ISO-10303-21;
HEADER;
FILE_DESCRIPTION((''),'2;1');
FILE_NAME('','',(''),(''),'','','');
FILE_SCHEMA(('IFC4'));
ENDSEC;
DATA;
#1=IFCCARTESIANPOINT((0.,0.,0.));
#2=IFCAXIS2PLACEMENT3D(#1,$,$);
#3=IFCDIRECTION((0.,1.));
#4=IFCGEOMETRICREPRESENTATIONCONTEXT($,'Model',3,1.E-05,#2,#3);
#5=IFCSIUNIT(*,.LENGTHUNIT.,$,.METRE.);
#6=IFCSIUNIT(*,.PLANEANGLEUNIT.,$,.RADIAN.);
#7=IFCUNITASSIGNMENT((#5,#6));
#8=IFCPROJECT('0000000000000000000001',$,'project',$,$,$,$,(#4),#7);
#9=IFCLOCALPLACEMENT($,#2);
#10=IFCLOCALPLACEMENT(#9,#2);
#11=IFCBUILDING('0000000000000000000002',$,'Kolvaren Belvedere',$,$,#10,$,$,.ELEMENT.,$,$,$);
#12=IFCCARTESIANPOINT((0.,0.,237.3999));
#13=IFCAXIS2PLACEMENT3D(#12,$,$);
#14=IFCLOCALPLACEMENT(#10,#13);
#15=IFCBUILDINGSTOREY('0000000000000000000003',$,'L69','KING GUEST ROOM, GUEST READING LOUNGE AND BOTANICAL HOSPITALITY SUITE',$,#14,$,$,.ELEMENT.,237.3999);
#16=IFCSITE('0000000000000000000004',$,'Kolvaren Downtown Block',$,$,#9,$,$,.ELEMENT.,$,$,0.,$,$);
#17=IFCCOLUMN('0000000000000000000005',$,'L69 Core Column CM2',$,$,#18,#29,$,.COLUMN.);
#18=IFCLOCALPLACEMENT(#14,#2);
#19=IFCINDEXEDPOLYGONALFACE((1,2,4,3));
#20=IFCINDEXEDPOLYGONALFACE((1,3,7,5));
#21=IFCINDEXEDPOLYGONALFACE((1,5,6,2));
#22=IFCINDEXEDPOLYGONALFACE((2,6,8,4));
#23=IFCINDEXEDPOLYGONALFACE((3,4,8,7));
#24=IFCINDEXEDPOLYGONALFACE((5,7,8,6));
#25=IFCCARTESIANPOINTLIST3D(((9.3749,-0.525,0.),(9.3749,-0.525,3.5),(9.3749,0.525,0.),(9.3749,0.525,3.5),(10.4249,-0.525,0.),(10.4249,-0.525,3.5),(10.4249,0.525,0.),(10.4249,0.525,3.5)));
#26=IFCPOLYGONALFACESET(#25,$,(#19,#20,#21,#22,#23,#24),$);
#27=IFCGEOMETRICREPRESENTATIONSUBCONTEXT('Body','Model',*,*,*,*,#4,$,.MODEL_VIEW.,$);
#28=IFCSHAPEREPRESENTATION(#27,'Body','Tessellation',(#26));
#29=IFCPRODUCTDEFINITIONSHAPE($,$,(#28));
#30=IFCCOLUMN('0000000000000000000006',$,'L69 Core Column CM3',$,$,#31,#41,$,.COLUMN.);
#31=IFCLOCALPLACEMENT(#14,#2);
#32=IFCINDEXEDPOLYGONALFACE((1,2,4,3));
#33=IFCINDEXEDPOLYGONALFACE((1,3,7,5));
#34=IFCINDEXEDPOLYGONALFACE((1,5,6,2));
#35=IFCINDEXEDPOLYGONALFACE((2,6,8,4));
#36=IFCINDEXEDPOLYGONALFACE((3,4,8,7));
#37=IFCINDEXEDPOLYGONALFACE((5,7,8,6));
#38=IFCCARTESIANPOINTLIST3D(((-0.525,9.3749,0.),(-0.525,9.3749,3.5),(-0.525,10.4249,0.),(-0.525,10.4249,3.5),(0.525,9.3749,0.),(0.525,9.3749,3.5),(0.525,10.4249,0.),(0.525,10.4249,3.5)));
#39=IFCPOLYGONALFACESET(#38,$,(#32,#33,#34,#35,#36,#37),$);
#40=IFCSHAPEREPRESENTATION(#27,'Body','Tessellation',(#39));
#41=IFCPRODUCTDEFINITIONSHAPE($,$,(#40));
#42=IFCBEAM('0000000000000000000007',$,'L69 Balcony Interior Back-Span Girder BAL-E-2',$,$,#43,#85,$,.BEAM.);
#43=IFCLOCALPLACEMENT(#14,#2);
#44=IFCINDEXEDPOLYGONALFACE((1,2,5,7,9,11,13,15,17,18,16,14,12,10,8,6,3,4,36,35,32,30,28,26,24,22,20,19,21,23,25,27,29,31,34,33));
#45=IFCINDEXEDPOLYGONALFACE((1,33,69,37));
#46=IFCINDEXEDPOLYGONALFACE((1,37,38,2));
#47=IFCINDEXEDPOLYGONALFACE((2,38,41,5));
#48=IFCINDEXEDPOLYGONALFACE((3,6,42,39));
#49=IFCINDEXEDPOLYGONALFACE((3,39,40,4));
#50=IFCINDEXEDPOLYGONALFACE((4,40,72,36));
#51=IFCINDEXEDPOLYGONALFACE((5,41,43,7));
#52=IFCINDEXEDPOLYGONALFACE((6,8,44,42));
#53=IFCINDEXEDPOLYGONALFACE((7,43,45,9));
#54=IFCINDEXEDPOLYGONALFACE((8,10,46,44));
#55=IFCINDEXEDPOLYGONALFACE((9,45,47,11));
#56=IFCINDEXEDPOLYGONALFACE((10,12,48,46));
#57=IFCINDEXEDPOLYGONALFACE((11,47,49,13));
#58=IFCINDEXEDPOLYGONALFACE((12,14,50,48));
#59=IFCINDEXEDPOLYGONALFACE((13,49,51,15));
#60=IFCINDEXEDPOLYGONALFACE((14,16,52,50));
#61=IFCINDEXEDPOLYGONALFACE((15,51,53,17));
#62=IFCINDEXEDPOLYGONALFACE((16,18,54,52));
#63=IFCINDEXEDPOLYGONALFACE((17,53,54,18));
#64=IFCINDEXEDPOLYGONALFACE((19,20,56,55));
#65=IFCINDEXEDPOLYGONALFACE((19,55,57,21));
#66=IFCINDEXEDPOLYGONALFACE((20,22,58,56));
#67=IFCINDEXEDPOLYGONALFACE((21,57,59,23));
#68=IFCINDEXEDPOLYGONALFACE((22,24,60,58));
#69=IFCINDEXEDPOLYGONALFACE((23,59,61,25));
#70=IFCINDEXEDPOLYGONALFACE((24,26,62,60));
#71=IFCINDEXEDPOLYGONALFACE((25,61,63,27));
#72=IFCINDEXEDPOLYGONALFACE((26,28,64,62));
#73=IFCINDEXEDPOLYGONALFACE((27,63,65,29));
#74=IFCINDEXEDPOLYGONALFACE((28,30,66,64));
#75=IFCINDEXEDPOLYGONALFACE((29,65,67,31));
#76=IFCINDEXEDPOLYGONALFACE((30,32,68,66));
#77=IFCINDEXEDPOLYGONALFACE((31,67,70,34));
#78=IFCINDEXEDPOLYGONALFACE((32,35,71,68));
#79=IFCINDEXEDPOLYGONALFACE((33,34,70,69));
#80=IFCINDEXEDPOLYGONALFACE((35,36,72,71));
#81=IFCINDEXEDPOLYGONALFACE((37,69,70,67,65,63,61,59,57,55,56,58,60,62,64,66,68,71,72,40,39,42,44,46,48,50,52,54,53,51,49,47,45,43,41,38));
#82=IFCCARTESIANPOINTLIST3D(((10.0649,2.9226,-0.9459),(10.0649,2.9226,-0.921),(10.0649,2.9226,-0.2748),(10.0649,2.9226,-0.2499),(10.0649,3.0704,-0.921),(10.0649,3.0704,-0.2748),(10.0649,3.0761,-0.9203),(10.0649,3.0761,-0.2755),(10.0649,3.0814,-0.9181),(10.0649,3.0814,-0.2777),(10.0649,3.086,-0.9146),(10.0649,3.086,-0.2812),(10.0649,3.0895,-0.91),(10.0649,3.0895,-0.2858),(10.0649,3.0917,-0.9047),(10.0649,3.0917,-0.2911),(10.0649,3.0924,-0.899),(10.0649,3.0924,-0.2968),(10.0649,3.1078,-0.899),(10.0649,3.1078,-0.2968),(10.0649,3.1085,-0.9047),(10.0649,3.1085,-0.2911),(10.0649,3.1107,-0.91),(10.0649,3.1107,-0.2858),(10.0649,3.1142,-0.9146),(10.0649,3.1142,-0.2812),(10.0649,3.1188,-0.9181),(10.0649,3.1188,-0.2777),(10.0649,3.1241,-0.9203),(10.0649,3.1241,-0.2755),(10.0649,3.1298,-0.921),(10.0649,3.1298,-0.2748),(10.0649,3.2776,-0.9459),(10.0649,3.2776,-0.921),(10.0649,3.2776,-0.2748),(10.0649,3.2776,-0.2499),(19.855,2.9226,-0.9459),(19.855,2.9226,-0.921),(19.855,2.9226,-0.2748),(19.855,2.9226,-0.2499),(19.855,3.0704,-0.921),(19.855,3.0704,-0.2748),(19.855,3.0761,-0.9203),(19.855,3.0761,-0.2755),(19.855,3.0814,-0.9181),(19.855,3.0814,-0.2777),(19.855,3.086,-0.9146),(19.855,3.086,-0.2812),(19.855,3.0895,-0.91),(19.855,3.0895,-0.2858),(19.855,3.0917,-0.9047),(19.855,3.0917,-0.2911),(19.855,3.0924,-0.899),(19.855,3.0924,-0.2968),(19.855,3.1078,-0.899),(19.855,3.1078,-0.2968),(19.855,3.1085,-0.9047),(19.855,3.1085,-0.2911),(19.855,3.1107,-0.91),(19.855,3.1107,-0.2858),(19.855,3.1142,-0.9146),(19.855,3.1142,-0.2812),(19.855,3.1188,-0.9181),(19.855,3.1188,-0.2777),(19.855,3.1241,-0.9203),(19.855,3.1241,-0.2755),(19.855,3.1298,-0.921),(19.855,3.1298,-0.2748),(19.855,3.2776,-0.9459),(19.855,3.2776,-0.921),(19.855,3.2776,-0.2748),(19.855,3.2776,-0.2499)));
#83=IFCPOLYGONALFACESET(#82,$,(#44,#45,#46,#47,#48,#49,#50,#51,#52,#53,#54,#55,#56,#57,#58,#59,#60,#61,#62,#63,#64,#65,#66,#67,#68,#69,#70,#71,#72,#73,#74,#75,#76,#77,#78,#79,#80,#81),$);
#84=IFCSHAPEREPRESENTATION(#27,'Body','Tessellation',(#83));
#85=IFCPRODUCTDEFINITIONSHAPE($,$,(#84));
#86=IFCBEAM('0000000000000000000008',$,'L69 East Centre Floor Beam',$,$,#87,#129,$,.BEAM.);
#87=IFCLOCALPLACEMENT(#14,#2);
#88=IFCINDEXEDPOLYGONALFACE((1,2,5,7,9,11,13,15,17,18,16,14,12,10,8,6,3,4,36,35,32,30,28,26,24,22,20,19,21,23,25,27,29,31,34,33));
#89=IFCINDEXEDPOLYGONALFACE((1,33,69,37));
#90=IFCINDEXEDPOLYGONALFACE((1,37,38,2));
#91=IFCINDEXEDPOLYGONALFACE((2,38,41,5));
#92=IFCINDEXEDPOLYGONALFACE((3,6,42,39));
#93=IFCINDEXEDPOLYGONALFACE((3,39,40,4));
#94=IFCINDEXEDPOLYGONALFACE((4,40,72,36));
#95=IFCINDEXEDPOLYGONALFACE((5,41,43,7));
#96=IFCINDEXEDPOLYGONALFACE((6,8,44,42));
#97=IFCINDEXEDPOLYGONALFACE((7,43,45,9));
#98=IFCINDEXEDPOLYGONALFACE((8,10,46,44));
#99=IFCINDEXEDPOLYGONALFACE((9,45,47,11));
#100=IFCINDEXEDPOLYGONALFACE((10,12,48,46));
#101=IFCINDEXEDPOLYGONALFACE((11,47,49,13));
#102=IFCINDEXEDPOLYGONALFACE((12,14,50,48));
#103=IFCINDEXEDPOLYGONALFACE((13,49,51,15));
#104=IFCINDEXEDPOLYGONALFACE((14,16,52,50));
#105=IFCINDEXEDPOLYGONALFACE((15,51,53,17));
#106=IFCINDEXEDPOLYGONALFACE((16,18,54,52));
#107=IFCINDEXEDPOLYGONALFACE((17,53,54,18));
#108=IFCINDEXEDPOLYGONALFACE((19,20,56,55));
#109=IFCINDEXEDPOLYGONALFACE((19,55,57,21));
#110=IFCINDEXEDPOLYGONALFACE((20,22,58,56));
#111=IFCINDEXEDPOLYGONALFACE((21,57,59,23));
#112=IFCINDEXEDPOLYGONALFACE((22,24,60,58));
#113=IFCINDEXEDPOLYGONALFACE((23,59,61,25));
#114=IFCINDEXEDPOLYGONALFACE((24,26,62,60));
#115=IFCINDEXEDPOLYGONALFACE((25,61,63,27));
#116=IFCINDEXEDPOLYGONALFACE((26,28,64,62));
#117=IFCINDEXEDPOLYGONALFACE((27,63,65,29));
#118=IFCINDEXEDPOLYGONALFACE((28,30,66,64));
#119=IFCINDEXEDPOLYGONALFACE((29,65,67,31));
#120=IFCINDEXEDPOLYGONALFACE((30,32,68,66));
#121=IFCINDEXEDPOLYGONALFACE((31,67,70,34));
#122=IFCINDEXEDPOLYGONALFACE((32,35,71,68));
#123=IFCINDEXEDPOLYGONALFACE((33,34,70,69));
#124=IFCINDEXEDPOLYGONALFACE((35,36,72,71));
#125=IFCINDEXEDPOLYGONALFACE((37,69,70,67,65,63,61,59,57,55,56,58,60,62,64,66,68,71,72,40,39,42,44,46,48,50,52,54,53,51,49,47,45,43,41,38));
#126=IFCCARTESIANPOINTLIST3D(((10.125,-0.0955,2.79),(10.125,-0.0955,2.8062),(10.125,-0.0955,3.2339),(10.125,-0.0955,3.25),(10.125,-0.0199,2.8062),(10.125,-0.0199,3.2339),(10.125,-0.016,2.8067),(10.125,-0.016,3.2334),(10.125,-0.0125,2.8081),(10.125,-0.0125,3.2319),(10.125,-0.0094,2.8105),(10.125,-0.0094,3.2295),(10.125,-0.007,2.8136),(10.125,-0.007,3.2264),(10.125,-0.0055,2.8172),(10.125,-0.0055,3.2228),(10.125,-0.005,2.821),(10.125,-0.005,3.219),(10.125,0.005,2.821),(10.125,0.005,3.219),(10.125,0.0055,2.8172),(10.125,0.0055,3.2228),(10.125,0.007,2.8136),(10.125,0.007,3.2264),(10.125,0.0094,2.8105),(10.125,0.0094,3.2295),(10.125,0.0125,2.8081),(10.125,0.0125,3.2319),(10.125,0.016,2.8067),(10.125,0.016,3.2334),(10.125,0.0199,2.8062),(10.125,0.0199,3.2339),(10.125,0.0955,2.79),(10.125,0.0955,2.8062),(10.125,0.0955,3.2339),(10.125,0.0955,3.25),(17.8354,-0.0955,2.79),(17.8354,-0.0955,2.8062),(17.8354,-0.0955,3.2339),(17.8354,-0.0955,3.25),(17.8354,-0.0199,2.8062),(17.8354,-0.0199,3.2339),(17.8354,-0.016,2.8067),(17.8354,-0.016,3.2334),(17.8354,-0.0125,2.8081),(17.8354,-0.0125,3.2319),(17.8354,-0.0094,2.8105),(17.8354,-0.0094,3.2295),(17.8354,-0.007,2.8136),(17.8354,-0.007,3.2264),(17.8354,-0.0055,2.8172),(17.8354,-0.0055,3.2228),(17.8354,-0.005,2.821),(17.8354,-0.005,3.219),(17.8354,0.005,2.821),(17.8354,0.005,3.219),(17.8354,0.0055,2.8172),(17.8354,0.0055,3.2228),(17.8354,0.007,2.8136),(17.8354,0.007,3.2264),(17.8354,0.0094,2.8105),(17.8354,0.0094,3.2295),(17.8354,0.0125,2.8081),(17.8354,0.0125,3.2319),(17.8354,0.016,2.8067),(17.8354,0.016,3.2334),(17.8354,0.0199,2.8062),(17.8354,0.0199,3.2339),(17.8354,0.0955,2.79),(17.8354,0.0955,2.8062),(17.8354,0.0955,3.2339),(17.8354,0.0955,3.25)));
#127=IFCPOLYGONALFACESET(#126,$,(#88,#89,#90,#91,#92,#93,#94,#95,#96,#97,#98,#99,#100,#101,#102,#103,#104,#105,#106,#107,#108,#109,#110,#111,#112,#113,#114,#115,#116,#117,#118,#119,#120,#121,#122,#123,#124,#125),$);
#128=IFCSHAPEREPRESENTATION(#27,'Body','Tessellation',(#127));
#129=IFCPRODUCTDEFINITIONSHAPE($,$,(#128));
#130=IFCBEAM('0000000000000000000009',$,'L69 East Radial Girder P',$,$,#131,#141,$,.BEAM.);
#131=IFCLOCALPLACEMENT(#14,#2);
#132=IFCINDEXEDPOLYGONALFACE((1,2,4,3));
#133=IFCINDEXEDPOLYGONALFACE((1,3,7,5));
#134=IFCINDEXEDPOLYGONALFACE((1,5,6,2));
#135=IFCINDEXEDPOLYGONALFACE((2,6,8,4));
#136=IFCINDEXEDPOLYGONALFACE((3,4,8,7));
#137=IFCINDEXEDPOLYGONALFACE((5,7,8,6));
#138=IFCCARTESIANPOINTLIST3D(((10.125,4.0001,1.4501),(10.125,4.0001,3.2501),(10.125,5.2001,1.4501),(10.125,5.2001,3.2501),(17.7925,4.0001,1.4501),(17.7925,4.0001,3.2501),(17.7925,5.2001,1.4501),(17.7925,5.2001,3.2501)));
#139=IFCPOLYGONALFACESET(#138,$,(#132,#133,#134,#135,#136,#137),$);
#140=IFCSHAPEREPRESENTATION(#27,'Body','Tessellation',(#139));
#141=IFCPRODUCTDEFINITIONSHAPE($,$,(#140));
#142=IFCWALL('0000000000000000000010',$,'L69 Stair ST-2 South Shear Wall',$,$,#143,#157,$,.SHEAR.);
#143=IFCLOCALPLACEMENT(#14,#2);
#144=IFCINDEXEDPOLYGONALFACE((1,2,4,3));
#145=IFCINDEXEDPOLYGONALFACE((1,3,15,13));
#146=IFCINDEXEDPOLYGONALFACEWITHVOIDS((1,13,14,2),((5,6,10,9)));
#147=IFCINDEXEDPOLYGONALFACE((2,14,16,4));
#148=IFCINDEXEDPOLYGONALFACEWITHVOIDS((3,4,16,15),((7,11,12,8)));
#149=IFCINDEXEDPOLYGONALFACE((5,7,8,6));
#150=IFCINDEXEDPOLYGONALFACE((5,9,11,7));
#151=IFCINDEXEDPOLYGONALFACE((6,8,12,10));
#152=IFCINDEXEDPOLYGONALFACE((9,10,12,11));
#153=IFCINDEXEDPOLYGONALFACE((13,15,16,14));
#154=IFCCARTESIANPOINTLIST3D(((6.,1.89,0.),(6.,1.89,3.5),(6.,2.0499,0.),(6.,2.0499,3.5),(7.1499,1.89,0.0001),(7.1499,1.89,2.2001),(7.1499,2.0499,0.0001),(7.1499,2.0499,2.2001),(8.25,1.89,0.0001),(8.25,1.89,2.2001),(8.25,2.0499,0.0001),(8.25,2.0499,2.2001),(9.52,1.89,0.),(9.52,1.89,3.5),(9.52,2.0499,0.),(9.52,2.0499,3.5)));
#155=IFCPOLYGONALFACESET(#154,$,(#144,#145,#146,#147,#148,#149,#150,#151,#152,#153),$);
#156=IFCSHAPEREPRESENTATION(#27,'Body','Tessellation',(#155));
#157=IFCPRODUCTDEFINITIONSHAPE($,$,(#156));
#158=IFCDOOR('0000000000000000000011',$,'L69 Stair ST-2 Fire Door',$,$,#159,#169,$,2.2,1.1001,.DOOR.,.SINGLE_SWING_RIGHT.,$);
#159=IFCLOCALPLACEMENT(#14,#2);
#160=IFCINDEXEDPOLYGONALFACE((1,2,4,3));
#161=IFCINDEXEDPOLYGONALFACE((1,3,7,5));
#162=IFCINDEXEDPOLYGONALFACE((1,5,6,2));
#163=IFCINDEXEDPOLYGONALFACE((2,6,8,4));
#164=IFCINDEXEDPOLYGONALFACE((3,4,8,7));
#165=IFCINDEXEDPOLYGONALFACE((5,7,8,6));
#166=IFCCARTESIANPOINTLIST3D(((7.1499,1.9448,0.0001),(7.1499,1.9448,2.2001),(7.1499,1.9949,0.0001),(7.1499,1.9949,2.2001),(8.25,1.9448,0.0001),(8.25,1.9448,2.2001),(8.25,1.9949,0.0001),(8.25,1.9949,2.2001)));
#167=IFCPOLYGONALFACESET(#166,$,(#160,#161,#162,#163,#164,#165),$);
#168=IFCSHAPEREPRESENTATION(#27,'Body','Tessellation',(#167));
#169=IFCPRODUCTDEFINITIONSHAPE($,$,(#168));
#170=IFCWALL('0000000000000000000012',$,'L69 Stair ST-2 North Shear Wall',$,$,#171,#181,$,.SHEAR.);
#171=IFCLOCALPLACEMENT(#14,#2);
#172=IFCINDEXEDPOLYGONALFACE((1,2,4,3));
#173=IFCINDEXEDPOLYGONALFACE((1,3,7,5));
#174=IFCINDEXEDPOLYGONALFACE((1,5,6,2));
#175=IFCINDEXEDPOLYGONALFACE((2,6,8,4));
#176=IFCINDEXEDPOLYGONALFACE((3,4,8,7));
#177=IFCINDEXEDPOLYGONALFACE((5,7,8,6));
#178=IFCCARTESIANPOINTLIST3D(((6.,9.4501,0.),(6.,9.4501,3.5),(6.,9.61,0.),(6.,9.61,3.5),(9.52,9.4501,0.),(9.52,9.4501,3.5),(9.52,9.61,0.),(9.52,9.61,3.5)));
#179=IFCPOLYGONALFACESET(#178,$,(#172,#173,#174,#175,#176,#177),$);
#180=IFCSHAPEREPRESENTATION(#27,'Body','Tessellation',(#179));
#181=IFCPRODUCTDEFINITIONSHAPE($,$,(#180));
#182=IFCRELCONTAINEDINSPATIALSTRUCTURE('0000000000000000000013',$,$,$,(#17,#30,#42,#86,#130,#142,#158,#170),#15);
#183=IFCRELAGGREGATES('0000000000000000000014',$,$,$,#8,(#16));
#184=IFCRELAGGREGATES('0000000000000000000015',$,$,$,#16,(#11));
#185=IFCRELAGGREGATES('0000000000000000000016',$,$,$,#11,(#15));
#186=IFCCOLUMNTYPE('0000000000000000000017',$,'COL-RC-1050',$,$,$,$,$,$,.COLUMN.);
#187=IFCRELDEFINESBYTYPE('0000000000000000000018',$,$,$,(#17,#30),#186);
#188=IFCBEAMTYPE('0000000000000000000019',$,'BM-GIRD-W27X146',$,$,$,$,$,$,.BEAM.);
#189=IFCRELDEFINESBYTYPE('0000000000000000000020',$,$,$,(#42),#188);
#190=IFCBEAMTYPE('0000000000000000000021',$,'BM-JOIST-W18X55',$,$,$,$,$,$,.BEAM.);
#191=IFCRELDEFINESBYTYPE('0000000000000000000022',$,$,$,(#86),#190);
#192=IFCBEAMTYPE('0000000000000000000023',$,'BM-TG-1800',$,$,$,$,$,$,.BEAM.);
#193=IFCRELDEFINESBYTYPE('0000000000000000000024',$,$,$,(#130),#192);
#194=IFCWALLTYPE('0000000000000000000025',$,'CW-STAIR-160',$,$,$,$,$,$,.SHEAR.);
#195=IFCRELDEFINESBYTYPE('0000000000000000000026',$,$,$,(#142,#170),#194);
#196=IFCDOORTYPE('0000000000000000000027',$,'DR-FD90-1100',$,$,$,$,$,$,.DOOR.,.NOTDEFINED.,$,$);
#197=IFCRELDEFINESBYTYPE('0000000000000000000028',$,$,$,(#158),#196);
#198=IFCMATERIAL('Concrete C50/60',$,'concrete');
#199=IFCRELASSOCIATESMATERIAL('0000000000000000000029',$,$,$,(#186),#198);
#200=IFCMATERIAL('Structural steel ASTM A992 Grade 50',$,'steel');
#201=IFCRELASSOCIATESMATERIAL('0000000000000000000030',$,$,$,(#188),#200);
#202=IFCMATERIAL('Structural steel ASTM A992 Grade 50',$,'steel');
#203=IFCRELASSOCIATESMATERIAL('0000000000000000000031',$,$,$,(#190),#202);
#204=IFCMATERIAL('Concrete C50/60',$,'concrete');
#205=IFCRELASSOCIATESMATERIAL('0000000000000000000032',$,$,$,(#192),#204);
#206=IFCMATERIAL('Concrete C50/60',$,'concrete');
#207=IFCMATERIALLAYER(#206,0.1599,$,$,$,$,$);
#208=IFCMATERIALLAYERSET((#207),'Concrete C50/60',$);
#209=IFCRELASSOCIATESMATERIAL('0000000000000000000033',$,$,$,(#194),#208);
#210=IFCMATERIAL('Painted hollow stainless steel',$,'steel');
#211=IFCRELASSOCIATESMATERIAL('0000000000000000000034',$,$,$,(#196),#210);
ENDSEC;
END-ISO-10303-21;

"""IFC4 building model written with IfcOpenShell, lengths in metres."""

from ifc_helpers import new_model, si_unit, direction, frame, frame_2d, origin, origin_2d, place, context, subcontext, project, spatial, rectangle, i_section, extrude, material, layer, layer_set, material_profile, profile_set, type_object, element, fill, save


model = new_model("IFC4")

# Units and contexts
model_context = context("Model", 3, precision=1e-05, world=origin(), true_north=direction((0.0, 1.0)))
body_context = subcontext(model_context, "Body", "Model", "MODEL_VIEW")
ifc_project = project(units=[si_unit("LENGTHUNIT", "METRE"), si_unit("PLANEANGLEUNIT", "RADIAN")], contexts=[model_context])

# Site, building, storey
site_placement = place(None, origin())
site = spatial("IfcSite", under=ifc_project, at=site_placement, Name="Kolvaren Downtown Block", CompositionType="ELEMENT", RefElevation=0.0)
building_placement = place(site_placement, origin())
building = spatial("IfcBuilding", under=site, at=building_placement, Name="Kolvaren Belvedere", CompositionType="ELEMENT")
storey_placement = place(building_placement, frame((0.0, 0.0, 237.3999)))
storey = spatial("IfcBuildingStorey", under=building, at=storey_placement, Name="L69", Description="KING GUEST ROOM, GUEST READING LOUNGE AND BOTANICAL HOSPITALITY SUITE", CompositionType="ELEMENT", Elevation=237.3999)

# Columns
ifc_material_1 = material(Name="Concrete C50/60", Category="concrete")
ifc_material_profile_1 = material_profile(ifc_material_1, rectangle(XDim=1.05, YDim=1.05, at=origin_2d()), Name="RC 1050X1050")
ifc_profile_set_1 = profile_set([ifc_material_profile_1], Name="Concrete C50/60")
column_type = type_object("IfcColumnType", Name="COL-RC-1050", PredefinedType="COLUMN", material=ifc_profile_set_1)
for number, where, z_axis, x_axis, name in (
    (1, (9.8999, 0.0, 0.0), (0.0, 0.0, 1.0), (1.0, 0.0, 0.0), "L69 Core Column CM2"),
    (2, (0.0, 9.8999, 0.0), (0.0, 0.0, 1.0), (1.0, 0.0, 0.0), "L69 Core Column CM3"),
):
    element("IfcColumn", number, at=place(storey_placement, frame(where, z_axis=z_axis, x_axis=x_axis)), inside=storey, type_object=column_type, Name=name, PredefinedType="COLUMN", context=body_context, shape_type="SweptSolid", body=[
        extrude(rectangle(XDim=1.05, YDim=1.05, at=origin_2d()), origin(), (0.0, 0.0, 1.0), 3.5),
    ])

# Beams
ifc_material_2 = material(Name="Structural steel ASTM A992 Grade 50", Category="steel")
ifc_material_profile_2 = material_profile(ifc_material_2, i_section(OverallWidth=0.355, OverallDepth=0.696, WebThickness=0.0154, FlangeThickness=0.0249, FilletRadius=0.022, at=origin_2d()), Name="W27X146")
ifc_profile_set_2 = profile_set([ifc_material_profile_2], Name="Structural steel ASTM A992 Grade 50")
beam_type_1 = type_object("IfcBeamType", Name="BM-GIRD-W27X146", PredefinedType="BEAM", material=ifc_profile_set_2)
beam_1_placement = place(storey_placement, frame((10.0649, 3.1001, -0.5979), z_axis=(1.0, 0.0, 0.0), x_axis=(0.0, 1.0, 0.0)))
element("IfcBeam", 3, at=beam_1_placement, inside=storey, type_object=beam_type_1, Name="L69 Balcony Interior Back-Span Girder BAL-E-2", PredefinedType="BEAM", context=body_context, shape_type="SweptSolid", body=[
    extrude(i_section(OverallWidth=0.355, OverallDepth=0.696, WebThickness=0.0154, FlangeThickness=0.0249, FilletRadius=0.022, at=origin_2d()), origin(), (0.0, 0.0, 1.0), 9.79),
])
ifc_material_3 = material(Name="Structural steel ASTM A992 Grade 50", Category="steel")
ifc_material_profile_3 = material_profile(ifc_material_3, i_section(OverallWidth=0.1909, OverallDepth=0.46, WebThickness=0.01, FlangeThickness=0.0161, FilletRadius=0.0149, at=origin_2d()), Name="W18X55")
ifc_profile_set_3 = profile_set([ifc_material_profile_3], Name="Structural steel ASTM A992 Grade 50")
beam_type_2 = type_object("IfcBeamType", Name="BM-JOIST-W18X55", PredefinedType="BEAM", material=ifc_profile_set_3)
beam_2_placement = place(storey_placement, frame((10.125, 0.0, 3.02), z_axis=(1.0, 0.0, 0.0), x_axis=(0.0, 1.0, 0.0)))
element("IfcBeam", 4, at=beam_2_placement, inside=storey, type_object=beam_type_2, Name="L69 East Centre Floor Beam", PredefinedType="BEAM", context=body_context, shape_type="SweptSolid", body=[
    extrude(i_section(OverallWidth=0.1909, OverallDepth=0.46, WebThickness=0.01, FlangeThickness=0.0161, FilletRadius=0.0149, at=origin_2d()), origin(), (0.0, 0.0, 1.0), 7.7104),
])
ifc_material_4 = material(Name="Concrete C50/60", Category="concrete")
ifc_material_profile_4 = material_profile(ifc_material_4, rectangle(XDim=1.2, YDim=1.8, at=origin_2d()), Name="RC 1200X1800")
ifc_profile_set_4 = profile_set([ifc_material_profile_4], Name="Concrete C50/60")
beam_type_3 = type_object("IfcBeamType", Name="BM-TG-1800", PredefinedType="BEAM", material=ifc_profile_set_4)
beam_3_placement = place(storey_placement, frame((10.125, 4.6001, 2.3501), z_axis=(1.0, 0.0, 0.0), x_axis=(0.0, 1.0, 0.0)))
element("IfcBeam", 5, at=beam_3_placement, inside=storey, type_object=beam_type_3, Name="L69 East Radial Girder P", PredefinedType="BEAM", context=body_context, shape_type="SweptSolid", body=[
    extrude(rectangle(XDim=1.2, YDim=1.8, at=origin_2d()), origin(), (0.0, 0.0, 1.0), 7.6675),
])

# Wall, opening, door
ifc_material_5 = material(Name="Concrete C50/60", Category="concrete")
ifc_layer_1 = layer(ifc_material_5, 0.1599)
ifc_layer_set_1 = layer_set([ifc_layer_1], Name="Concrete C50/60")
wall_type_1 = type_object("IfcWallType", Name="CW-STAIR-160", PredefinedType="SHEAR", material=ifc_layer_set_1)
wall_1_placement = place(storey_placement, frame((6.0, 1.97, 0.0), z_axis=(0.0, 0.0, 1.0), x_axis=(1.0, 0.0, 0.0)))
wall_1 = element("IfcWall", 6, at=wall_1_placement, inside=storey, type_object=wall_type_1, Name="L69 Stair ST-2 South Shear Wall", PredefinedType="SHEAR", context=body_context, shape_type="SweptSolid", body=[
    extrude(rectangle(XDim=3.52, YDim=0.1599, at=frame_2d((1.76, 0.0))), origin(), (0.0, 0.0, 1.0), 3.5),
])
opening_1_placement = place(wall_1_placement, frame((1.1499, 0.0, 0.0)))
opening_1 = element("IfcOpeningElement", 7, at=opening_1_placement, cuts=wall_1, PredefinedType="OPENING", context=body_context, shape_type="SweptSolid", body=[
    extrude(rectangle(XDim=1.1001, YDim=2.2, at=frame_2d((0.55, 1.1001))), frame((0.0, 0.0898, 0.0), z_axis=(0.0, -1.0, 0.0), x_axis=(1.0, 0.0, 0.0)), (0.0, 0.0, 1.0), 0.1799),
])
ifc_material_6 = material(Name="Painted hollow stainless steel", Category="steel")
door_type_1 = type_object("IfcDoorType", Name="DR-FD90-1100", OperationType="NOTDEFINED", PredefinedType="DOOR", material=ifc_material_6)
door_1_placement = place(opening_1_placement, origin())
door_1 = element("IfcDoor", 8, at=door_1_placement, inside=storey, type_object=door_type_1, Name="L69 Stair ST-2 Fire Door", OperationType="SINGLE_SWING_RIGHT", OverallHeight=2.2, OverallWidth=1.1001, PredefinedType="DOOR", context=body_context, shape_type="SweptSolid", body=[
    extrude(rectangle(XDim=1.1001, YDim=2.2, at=frame_2d((0.55, 1.1001))), frame((0.0, 0.0249, 0.0), z_axis=(0.0, -1.0, 0.0), x_axis=(1.0, 0.0, 0.0)), (0.0, 0.0, 1.0), 0.05),
])
fill(opening_1, door_1)

# Wall
wall_2_placement = place(storey_placement, frame((6.0, 9.53, 0.0), z_axis=(0.0, 0.0, 1.0), x_axis=(1.0, 0.0, 0.0)))
element("IfcWall", 9, at=wall_2_placement, inside=storey, type_object=wall_type_1, Name="L69 Stair ST-2 North Shear Wall", PredefinedType="SHEAR", context=body_context, shape_type="SweptSolid", body=[
    extrude(rectangle(XDim=3.52, YDim=0.1599, at=frame_2d((1.76, 0.0))), origin(), (0.0, 0.0, 1.0), 3.5),
])

save(model, "model.ifc")
